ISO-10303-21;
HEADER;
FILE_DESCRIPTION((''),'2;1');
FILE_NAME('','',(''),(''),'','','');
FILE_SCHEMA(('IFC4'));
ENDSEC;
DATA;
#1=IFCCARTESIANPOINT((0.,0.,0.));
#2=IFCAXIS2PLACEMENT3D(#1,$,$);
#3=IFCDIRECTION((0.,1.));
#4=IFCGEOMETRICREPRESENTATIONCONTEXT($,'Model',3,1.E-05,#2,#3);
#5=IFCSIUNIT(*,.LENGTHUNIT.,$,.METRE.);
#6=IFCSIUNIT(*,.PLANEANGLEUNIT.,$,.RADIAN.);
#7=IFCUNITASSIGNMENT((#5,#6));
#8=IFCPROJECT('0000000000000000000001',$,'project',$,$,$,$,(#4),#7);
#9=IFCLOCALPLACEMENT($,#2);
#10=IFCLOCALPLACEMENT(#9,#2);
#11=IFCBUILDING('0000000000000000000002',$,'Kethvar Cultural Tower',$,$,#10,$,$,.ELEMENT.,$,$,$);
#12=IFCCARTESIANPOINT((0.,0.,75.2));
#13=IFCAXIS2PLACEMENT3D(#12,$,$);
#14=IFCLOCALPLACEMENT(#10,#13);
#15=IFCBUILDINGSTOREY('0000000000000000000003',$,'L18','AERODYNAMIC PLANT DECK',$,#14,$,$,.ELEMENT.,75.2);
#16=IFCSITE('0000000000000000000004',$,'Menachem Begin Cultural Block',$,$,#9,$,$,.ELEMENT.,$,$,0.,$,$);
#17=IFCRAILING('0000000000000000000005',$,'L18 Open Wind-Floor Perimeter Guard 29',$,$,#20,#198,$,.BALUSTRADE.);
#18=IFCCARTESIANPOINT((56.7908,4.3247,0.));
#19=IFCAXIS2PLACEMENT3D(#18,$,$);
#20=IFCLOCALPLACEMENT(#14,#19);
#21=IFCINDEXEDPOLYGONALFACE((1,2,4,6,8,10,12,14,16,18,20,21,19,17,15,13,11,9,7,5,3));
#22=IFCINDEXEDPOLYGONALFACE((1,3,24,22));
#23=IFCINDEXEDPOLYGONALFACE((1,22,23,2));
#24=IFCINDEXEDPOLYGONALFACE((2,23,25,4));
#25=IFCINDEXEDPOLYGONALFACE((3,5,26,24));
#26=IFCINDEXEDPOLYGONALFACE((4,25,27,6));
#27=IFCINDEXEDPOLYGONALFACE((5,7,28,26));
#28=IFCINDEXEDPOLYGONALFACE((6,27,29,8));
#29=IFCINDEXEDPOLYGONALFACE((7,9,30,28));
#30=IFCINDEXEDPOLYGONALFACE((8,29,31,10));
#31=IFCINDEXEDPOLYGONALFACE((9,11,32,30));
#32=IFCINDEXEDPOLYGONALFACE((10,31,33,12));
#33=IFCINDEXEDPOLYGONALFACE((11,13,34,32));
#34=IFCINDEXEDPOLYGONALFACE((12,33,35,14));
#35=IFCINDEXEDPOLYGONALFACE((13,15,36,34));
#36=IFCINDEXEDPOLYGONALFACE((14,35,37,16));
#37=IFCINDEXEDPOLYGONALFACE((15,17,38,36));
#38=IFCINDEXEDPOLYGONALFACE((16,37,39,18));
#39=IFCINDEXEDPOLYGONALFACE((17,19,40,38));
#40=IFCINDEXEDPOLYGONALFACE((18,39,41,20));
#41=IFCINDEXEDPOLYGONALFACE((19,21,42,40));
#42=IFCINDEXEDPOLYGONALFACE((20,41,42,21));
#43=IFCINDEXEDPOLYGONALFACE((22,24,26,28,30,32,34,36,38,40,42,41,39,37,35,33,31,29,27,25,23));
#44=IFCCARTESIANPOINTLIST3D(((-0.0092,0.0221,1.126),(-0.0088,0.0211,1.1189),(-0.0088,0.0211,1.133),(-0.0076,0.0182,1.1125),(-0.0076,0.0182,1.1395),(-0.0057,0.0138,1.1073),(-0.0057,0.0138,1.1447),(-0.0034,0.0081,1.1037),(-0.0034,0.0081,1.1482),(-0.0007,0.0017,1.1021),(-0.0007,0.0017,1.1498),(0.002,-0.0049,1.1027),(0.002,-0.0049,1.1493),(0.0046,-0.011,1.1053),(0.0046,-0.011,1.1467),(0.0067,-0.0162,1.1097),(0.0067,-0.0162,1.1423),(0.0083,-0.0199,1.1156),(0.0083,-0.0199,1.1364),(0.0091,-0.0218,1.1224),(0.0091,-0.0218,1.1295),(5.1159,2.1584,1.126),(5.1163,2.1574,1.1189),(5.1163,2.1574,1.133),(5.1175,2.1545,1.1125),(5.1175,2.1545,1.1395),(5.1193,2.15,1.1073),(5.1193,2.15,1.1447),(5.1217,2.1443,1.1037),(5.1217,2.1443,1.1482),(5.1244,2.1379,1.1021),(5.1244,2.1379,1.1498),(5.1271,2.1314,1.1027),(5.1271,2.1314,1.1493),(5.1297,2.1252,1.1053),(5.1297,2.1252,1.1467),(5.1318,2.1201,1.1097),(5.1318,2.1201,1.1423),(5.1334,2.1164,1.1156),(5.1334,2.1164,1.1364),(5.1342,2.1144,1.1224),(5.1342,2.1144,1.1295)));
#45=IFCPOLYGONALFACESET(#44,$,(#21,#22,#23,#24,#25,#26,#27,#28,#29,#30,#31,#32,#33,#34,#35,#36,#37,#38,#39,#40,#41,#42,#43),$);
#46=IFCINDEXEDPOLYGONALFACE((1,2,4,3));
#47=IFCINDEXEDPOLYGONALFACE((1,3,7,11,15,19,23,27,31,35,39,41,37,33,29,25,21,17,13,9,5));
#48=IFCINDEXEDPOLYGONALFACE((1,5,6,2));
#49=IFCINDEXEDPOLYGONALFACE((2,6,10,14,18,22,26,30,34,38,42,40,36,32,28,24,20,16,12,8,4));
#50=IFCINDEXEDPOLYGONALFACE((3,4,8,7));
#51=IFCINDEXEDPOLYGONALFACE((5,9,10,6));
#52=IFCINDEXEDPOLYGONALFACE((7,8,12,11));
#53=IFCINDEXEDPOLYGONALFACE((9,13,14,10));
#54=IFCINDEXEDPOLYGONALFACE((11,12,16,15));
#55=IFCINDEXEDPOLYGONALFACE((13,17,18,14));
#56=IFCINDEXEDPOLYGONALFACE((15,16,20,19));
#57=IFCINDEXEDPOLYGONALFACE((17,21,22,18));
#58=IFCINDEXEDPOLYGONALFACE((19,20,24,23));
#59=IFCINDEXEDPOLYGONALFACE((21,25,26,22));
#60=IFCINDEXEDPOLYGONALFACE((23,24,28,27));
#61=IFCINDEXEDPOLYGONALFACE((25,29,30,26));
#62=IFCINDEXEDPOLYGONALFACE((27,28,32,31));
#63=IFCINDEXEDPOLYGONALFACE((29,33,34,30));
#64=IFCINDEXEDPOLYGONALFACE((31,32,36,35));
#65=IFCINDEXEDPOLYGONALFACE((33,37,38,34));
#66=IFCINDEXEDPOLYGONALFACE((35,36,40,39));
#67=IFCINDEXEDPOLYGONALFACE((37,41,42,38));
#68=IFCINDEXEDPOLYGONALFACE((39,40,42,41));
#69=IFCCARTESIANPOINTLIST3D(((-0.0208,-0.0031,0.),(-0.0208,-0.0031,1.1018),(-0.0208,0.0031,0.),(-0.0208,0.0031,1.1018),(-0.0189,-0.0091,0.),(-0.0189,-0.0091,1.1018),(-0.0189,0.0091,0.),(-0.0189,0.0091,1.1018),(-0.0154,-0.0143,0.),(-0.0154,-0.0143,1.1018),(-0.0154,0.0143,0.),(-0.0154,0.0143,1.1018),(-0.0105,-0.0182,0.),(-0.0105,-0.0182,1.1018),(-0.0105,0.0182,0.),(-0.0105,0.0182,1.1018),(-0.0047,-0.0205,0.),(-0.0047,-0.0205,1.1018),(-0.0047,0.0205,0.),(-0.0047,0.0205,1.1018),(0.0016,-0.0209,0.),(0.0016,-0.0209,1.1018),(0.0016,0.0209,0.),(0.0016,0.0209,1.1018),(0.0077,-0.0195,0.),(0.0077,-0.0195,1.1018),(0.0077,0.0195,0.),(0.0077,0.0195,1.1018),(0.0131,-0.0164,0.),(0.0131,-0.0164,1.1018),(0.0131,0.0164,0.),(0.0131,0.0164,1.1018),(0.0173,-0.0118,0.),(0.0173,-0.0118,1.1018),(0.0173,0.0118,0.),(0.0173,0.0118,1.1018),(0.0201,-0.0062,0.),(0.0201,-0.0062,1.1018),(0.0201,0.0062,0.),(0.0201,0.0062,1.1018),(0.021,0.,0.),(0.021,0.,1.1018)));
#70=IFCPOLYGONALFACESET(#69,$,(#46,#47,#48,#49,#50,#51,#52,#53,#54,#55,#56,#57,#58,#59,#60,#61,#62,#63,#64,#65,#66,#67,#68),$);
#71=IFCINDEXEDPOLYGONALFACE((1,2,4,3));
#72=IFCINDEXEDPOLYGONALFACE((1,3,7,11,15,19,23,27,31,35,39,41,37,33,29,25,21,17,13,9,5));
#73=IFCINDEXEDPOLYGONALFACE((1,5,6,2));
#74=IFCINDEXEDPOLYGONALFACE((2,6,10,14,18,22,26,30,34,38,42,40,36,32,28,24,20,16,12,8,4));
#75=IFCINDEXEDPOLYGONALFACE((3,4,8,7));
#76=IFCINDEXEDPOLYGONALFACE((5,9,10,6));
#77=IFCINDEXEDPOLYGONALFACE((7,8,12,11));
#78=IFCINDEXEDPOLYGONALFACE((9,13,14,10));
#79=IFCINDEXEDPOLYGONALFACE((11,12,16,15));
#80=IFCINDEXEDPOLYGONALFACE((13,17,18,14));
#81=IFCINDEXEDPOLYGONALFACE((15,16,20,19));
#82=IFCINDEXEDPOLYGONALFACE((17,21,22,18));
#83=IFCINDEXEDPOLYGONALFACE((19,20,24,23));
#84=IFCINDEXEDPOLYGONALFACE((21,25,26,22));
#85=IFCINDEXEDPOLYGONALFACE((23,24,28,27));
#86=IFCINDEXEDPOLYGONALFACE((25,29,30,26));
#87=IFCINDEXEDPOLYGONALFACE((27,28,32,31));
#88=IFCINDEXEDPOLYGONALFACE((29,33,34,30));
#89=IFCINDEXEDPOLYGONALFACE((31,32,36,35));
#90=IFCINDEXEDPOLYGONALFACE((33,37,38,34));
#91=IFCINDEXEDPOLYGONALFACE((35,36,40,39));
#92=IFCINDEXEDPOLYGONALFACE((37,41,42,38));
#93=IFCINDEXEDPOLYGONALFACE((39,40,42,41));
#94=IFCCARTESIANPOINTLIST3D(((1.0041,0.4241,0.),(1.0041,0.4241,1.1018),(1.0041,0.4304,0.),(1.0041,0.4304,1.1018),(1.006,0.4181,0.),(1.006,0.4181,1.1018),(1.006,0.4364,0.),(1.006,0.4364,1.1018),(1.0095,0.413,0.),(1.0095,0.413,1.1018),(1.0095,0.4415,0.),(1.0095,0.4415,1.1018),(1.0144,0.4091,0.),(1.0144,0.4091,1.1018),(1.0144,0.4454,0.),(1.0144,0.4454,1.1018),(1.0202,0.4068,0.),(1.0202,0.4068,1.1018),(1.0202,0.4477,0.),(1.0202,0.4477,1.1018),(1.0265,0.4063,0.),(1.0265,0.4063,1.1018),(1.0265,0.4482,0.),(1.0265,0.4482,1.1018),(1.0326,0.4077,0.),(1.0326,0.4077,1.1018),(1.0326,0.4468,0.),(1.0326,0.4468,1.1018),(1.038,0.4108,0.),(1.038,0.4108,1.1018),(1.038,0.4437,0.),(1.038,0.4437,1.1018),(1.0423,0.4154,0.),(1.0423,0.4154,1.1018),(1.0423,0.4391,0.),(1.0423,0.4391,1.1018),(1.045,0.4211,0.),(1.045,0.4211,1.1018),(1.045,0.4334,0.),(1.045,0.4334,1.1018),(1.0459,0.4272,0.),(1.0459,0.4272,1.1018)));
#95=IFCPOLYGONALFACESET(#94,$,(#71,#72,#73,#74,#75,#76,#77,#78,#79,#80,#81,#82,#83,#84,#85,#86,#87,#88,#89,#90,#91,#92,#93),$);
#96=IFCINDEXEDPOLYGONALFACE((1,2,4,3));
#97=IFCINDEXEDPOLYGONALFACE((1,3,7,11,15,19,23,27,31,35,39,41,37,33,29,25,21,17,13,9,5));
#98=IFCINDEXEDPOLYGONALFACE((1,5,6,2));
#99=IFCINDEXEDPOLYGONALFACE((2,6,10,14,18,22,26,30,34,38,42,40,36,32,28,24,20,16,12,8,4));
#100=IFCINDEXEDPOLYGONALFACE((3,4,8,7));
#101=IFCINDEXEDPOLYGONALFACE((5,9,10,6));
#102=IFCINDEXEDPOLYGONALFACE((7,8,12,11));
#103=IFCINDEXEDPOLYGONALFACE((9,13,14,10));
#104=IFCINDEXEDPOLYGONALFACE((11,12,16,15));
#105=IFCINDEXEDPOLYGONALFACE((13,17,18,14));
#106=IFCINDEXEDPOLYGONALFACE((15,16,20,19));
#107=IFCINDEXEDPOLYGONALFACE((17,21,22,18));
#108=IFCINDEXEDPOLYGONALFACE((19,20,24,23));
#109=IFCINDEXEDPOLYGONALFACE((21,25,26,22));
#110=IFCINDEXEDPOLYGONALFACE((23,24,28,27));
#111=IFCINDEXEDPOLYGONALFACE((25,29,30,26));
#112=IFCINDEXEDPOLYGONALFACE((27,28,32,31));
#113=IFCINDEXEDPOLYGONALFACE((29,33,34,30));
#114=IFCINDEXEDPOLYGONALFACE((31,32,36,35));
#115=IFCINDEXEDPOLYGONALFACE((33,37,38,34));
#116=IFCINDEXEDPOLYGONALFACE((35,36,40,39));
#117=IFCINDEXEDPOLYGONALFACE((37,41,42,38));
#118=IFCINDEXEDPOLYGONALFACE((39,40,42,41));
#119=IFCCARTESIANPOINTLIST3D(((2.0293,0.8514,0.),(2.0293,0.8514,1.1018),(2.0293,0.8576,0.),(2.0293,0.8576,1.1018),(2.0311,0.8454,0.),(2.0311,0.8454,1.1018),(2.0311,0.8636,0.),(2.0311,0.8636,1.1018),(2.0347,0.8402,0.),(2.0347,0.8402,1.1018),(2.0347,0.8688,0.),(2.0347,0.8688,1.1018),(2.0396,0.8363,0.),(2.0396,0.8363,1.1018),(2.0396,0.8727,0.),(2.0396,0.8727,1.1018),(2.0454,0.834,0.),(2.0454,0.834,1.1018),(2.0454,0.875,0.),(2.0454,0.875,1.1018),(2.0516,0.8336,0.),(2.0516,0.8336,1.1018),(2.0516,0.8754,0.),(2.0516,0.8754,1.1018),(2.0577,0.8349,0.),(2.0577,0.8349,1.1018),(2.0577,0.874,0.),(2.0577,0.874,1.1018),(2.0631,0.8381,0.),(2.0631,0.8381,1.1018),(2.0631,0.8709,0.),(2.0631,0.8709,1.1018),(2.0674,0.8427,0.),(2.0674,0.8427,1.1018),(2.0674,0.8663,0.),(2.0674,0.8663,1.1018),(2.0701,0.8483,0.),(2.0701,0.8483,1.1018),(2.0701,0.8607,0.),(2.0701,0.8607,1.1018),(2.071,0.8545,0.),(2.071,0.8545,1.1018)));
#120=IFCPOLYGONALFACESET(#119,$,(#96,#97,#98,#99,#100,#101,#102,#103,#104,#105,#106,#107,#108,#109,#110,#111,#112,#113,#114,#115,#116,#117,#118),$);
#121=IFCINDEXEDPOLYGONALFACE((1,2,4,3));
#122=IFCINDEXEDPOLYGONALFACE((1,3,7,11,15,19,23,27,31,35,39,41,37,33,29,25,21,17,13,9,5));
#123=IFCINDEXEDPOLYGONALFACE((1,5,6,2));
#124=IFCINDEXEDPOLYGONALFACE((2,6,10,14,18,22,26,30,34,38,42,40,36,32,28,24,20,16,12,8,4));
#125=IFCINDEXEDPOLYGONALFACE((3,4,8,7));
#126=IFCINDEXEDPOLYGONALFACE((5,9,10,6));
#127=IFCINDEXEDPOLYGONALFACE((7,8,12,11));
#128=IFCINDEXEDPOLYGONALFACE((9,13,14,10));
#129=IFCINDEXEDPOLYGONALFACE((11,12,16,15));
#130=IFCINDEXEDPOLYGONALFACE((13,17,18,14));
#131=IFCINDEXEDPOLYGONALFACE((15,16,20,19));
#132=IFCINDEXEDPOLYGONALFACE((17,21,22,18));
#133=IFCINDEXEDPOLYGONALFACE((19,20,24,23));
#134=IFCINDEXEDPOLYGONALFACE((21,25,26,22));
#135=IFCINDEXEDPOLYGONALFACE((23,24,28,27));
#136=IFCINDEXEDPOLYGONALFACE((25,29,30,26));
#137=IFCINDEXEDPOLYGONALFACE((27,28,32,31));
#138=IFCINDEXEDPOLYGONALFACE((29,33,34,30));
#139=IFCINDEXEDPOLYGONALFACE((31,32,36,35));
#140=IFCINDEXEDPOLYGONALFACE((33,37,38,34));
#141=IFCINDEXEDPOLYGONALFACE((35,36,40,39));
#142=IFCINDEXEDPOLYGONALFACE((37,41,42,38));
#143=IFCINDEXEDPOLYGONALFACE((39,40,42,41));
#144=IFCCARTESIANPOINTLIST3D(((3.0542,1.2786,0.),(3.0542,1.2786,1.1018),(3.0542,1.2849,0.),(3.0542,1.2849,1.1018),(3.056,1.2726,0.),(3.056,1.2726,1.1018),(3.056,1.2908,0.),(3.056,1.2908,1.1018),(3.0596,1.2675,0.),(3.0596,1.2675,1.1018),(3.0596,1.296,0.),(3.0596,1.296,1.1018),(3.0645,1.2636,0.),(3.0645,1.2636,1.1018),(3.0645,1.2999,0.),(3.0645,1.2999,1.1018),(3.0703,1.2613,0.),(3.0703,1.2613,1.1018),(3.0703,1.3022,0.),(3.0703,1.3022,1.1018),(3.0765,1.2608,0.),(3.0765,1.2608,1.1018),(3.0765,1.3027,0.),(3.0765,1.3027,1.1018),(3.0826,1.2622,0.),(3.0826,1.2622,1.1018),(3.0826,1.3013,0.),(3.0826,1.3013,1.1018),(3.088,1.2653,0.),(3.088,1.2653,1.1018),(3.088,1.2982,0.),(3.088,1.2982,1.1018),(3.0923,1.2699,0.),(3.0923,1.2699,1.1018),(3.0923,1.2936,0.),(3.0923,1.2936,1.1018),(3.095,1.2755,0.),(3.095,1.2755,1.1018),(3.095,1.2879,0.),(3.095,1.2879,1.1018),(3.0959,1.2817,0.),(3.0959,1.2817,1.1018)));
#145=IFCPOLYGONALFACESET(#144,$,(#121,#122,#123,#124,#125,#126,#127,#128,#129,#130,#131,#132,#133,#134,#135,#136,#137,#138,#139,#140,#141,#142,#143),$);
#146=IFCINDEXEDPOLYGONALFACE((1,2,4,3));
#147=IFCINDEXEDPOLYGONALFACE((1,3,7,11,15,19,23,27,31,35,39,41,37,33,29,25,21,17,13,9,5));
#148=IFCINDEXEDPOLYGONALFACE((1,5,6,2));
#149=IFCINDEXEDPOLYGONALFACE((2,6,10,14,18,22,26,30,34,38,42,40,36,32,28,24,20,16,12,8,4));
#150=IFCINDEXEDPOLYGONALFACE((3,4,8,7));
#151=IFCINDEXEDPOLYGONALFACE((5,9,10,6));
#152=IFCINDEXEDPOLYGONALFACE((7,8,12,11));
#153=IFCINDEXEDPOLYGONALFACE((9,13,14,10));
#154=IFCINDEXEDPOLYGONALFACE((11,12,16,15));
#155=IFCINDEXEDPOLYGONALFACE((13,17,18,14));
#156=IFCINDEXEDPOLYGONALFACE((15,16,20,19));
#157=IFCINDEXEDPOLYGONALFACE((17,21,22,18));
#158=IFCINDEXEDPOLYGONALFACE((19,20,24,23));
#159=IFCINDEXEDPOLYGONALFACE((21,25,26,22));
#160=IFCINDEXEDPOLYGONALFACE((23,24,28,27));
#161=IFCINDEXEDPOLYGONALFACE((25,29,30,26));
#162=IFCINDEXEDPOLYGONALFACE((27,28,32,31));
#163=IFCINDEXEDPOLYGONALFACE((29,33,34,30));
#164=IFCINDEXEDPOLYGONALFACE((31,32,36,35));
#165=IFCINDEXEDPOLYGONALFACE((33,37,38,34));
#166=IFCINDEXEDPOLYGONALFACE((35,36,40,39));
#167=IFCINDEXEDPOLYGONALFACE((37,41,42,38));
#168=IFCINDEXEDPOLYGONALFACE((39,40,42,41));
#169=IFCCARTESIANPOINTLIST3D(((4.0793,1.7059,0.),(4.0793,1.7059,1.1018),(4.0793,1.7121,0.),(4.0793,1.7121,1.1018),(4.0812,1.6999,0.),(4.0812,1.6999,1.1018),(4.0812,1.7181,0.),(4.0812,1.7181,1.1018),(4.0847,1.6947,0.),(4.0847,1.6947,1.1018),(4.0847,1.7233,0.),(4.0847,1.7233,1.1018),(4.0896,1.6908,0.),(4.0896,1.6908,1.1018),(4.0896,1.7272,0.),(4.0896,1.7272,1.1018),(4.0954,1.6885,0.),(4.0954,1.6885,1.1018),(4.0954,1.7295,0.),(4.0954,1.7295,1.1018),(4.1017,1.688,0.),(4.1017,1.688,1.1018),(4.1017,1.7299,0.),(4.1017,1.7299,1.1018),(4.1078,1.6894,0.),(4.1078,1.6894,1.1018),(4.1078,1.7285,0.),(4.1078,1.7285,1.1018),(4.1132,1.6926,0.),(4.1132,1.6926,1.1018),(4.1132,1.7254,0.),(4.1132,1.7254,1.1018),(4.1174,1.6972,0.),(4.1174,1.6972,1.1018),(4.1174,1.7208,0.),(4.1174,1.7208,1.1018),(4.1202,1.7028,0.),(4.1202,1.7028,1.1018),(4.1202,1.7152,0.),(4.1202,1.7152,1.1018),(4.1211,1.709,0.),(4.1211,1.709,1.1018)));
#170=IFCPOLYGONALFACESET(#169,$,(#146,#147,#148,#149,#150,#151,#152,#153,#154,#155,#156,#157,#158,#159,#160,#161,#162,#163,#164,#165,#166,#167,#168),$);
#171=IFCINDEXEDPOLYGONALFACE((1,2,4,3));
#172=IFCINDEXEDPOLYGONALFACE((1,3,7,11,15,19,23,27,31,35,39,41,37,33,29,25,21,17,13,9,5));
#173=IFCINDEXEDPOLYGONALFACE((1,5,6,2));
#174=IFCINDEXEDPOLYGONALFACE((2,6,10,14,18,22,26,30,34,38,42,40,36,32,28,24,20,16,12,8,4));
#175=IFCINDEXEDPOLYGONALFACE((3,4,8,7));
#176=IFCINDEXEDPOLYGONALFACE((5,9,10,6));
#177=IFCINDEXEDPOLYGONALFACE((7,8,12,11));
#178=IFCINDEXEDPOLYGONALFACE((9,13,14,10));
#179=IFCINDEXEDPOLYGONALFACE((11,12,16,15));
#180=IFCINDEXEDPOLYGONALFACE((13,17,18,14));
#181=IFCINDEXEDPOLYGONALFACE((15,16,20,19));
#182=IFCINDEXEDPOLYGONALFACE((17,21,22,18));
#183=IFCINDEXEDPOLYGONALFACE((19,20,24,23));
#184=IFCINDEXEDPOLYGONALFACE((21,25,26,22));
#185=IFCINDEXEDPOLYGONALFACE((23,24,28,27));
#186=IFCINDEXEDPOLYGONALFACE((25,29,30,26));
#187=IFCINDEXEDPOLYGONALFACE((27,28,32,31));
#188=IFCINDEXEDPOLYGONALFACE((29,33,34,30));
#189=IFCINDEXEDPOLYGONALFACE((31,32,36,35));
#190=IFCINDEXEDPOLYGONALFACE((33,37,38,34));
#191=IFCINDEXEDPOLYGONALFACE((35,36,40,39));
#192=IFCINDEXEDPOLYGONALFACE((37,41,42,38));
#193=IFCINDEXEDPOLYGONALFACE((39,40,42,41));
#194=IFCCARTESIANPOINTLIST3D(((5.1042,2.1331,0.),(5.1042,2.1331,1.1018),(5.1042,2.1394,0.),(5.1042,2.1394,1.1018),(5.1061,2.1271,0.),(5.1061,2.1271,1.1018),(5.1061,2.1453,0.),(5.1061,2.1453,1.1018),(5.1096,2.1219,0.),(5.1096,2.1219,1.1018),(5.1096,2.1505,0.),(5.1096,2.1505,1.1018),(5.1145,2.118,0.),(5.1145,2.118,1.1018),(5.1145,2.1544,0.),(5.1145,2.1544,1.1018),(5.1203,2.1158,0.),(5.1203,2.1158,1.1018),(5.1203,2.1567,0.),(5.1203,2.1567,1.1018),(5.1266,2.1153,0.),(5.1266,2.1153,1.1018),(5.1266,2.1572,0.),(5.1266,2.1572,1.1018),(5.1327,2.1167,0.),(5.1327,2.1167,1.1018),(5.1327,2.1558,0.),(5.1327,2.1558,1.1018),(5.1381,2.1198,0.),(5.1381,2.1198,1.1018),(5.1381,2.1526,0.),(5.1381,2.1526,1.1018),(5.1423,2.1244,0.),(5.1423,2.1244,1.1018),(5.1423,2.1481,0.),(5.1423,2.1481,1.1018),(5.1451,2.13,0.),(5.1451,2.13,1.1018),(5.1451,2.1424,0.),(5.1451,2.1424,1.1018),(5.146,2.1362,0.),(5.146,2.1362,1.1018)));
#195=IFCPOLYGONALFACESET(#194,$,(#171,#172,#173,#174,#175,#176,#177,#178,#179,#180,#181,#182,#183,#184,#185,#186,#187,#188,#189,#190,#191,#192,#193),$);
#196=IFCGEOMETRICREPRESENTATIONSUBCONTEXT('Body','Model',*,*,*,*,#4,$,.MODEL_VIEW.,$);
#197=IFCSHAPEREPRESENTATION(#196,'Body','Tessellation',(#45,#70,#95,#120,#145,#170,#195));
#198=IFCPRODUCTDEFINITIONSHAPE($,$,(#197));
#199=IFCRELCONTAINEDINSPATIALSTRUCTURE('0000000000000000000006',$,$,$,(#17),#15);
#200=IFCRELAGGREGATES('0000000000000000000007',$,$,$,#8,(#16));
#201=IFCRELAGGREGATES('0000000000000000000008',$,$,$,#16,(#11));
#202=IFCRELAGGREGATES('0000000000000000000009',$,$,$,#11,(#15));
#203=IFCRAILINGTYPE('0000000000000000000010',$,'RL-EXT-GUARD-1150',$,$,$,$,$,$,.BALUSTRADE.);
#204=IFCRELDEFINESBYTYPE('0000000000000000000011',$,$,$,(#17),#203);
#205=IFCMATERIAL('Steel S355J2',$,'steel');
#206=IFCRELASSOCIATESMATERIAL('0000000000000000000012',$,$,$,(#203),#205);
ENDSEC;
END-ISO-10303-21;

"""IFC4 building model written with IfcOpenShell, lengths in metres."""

from ifc_helpers import new_model, si_unit, direction, frame, origin, origin_2d, place, context, subcontext, project, spatial, circle, extrude, material, type_object, element, save


model = new_model("IFC4")

# Units and contexts
model_context = context("Model", 3, precision=1e-05, world=origin(), true_north=direction((0.0, 1.0)))
body_context = subcontext(model_context, "Body", "Model", "MODEL_VIEW")
ifc_project = project(units=[si_unit("LENGTHUNIT", "METRE"), si_unit("PLANEANGLEUNIT", "RADIAN")], contexts=[model_context])

# Site, building, storey
site_placement = place(None, origin())
site = spatial("IfcSite", under=ifc_project, at=site_placement, Name="Menachem Begin Cultural Block", CompositionType="ELEMENT", RefElevation=0.0)
building_placement = place(site_placement, origin())
building = spatial("IfcBuilding", under=site, at=building_placement, Name="Kethvar Cultural Tower", CompositionType="ELEMENT")
storey_placement = place(building_placement, frame((0.0, 0.0, 75.2)))
storey = spatial("IfcBuildingStorey", under=building, at=storey_placement, Name="L18", Description="AERODYNAMIC PLANT DECK", CompositionType="ELEMENT", Elevation=75.2)

# Shared definitions
ifc_material_1 = material(Name="Steel S355J2", Category="steel")

# Railing
railing_type = type_object("IfcRailingType", Name="RL-EXT-GUARD-1150", PredefinedType="BALUSTRADE", material=ifc_material_1)
railing_1_placement = place(storey_placement, frame((56.7908, 4.3247, 0.0)))
element("IfcRailing", 1, at=railing_1_placement, inside=storey, type_object=railing_type, Name="L18 Open Wind-Floor Perimeter Guard 29", PredefinedType="BALUSTRADE", context=body_context, shape_type="SweptSolid", body=[
    extrude(circle(Radius=0.0239, at=origin_2d()), frame((0.0, 0.0, 1.126), z_axis=(0.923025, 0.38474, 0.0), x_axis=(-0.38474, 0.923025, 0.0)), (0.0, 0.0, 1.0), 5.5525),
    extrude(circle(Radius=0.021, at=origin_2d()), origin(), (0.0, 0.0, 1.0), 1.1018),
    extrude(circle(Radius=0.021, at=origin_2d()), frame((1.0249, 0.4272, 0.0)), (0.0, 0.0, 1.0), 1.1018),
    extrude(circle(Radius=0.021, at=origin_2d()), frame((2.05, 0.8545, 0.0)), (0.0, 0.0, 1.0), 1.1018),
    extrude(circle(Radius=0.021, at=origin_2d()), frame((3.075, 1.2817, 0.0)), (0.0, 0.0, 1.0), 1.1018),
    extrude(circle(Radius=0.021, at=origin_2d()), frame((4.1001, 1.709, 0.0)), (0.0, 0.0, 1.0), 1.1018),
    extrude(circle(Radius=0.021, at=origin_2d()), frame((5.125, 2.1362, 0.0)), (0.0, 0.0, 1.0), 1.1018),
])

save(model, "model.ifc")
